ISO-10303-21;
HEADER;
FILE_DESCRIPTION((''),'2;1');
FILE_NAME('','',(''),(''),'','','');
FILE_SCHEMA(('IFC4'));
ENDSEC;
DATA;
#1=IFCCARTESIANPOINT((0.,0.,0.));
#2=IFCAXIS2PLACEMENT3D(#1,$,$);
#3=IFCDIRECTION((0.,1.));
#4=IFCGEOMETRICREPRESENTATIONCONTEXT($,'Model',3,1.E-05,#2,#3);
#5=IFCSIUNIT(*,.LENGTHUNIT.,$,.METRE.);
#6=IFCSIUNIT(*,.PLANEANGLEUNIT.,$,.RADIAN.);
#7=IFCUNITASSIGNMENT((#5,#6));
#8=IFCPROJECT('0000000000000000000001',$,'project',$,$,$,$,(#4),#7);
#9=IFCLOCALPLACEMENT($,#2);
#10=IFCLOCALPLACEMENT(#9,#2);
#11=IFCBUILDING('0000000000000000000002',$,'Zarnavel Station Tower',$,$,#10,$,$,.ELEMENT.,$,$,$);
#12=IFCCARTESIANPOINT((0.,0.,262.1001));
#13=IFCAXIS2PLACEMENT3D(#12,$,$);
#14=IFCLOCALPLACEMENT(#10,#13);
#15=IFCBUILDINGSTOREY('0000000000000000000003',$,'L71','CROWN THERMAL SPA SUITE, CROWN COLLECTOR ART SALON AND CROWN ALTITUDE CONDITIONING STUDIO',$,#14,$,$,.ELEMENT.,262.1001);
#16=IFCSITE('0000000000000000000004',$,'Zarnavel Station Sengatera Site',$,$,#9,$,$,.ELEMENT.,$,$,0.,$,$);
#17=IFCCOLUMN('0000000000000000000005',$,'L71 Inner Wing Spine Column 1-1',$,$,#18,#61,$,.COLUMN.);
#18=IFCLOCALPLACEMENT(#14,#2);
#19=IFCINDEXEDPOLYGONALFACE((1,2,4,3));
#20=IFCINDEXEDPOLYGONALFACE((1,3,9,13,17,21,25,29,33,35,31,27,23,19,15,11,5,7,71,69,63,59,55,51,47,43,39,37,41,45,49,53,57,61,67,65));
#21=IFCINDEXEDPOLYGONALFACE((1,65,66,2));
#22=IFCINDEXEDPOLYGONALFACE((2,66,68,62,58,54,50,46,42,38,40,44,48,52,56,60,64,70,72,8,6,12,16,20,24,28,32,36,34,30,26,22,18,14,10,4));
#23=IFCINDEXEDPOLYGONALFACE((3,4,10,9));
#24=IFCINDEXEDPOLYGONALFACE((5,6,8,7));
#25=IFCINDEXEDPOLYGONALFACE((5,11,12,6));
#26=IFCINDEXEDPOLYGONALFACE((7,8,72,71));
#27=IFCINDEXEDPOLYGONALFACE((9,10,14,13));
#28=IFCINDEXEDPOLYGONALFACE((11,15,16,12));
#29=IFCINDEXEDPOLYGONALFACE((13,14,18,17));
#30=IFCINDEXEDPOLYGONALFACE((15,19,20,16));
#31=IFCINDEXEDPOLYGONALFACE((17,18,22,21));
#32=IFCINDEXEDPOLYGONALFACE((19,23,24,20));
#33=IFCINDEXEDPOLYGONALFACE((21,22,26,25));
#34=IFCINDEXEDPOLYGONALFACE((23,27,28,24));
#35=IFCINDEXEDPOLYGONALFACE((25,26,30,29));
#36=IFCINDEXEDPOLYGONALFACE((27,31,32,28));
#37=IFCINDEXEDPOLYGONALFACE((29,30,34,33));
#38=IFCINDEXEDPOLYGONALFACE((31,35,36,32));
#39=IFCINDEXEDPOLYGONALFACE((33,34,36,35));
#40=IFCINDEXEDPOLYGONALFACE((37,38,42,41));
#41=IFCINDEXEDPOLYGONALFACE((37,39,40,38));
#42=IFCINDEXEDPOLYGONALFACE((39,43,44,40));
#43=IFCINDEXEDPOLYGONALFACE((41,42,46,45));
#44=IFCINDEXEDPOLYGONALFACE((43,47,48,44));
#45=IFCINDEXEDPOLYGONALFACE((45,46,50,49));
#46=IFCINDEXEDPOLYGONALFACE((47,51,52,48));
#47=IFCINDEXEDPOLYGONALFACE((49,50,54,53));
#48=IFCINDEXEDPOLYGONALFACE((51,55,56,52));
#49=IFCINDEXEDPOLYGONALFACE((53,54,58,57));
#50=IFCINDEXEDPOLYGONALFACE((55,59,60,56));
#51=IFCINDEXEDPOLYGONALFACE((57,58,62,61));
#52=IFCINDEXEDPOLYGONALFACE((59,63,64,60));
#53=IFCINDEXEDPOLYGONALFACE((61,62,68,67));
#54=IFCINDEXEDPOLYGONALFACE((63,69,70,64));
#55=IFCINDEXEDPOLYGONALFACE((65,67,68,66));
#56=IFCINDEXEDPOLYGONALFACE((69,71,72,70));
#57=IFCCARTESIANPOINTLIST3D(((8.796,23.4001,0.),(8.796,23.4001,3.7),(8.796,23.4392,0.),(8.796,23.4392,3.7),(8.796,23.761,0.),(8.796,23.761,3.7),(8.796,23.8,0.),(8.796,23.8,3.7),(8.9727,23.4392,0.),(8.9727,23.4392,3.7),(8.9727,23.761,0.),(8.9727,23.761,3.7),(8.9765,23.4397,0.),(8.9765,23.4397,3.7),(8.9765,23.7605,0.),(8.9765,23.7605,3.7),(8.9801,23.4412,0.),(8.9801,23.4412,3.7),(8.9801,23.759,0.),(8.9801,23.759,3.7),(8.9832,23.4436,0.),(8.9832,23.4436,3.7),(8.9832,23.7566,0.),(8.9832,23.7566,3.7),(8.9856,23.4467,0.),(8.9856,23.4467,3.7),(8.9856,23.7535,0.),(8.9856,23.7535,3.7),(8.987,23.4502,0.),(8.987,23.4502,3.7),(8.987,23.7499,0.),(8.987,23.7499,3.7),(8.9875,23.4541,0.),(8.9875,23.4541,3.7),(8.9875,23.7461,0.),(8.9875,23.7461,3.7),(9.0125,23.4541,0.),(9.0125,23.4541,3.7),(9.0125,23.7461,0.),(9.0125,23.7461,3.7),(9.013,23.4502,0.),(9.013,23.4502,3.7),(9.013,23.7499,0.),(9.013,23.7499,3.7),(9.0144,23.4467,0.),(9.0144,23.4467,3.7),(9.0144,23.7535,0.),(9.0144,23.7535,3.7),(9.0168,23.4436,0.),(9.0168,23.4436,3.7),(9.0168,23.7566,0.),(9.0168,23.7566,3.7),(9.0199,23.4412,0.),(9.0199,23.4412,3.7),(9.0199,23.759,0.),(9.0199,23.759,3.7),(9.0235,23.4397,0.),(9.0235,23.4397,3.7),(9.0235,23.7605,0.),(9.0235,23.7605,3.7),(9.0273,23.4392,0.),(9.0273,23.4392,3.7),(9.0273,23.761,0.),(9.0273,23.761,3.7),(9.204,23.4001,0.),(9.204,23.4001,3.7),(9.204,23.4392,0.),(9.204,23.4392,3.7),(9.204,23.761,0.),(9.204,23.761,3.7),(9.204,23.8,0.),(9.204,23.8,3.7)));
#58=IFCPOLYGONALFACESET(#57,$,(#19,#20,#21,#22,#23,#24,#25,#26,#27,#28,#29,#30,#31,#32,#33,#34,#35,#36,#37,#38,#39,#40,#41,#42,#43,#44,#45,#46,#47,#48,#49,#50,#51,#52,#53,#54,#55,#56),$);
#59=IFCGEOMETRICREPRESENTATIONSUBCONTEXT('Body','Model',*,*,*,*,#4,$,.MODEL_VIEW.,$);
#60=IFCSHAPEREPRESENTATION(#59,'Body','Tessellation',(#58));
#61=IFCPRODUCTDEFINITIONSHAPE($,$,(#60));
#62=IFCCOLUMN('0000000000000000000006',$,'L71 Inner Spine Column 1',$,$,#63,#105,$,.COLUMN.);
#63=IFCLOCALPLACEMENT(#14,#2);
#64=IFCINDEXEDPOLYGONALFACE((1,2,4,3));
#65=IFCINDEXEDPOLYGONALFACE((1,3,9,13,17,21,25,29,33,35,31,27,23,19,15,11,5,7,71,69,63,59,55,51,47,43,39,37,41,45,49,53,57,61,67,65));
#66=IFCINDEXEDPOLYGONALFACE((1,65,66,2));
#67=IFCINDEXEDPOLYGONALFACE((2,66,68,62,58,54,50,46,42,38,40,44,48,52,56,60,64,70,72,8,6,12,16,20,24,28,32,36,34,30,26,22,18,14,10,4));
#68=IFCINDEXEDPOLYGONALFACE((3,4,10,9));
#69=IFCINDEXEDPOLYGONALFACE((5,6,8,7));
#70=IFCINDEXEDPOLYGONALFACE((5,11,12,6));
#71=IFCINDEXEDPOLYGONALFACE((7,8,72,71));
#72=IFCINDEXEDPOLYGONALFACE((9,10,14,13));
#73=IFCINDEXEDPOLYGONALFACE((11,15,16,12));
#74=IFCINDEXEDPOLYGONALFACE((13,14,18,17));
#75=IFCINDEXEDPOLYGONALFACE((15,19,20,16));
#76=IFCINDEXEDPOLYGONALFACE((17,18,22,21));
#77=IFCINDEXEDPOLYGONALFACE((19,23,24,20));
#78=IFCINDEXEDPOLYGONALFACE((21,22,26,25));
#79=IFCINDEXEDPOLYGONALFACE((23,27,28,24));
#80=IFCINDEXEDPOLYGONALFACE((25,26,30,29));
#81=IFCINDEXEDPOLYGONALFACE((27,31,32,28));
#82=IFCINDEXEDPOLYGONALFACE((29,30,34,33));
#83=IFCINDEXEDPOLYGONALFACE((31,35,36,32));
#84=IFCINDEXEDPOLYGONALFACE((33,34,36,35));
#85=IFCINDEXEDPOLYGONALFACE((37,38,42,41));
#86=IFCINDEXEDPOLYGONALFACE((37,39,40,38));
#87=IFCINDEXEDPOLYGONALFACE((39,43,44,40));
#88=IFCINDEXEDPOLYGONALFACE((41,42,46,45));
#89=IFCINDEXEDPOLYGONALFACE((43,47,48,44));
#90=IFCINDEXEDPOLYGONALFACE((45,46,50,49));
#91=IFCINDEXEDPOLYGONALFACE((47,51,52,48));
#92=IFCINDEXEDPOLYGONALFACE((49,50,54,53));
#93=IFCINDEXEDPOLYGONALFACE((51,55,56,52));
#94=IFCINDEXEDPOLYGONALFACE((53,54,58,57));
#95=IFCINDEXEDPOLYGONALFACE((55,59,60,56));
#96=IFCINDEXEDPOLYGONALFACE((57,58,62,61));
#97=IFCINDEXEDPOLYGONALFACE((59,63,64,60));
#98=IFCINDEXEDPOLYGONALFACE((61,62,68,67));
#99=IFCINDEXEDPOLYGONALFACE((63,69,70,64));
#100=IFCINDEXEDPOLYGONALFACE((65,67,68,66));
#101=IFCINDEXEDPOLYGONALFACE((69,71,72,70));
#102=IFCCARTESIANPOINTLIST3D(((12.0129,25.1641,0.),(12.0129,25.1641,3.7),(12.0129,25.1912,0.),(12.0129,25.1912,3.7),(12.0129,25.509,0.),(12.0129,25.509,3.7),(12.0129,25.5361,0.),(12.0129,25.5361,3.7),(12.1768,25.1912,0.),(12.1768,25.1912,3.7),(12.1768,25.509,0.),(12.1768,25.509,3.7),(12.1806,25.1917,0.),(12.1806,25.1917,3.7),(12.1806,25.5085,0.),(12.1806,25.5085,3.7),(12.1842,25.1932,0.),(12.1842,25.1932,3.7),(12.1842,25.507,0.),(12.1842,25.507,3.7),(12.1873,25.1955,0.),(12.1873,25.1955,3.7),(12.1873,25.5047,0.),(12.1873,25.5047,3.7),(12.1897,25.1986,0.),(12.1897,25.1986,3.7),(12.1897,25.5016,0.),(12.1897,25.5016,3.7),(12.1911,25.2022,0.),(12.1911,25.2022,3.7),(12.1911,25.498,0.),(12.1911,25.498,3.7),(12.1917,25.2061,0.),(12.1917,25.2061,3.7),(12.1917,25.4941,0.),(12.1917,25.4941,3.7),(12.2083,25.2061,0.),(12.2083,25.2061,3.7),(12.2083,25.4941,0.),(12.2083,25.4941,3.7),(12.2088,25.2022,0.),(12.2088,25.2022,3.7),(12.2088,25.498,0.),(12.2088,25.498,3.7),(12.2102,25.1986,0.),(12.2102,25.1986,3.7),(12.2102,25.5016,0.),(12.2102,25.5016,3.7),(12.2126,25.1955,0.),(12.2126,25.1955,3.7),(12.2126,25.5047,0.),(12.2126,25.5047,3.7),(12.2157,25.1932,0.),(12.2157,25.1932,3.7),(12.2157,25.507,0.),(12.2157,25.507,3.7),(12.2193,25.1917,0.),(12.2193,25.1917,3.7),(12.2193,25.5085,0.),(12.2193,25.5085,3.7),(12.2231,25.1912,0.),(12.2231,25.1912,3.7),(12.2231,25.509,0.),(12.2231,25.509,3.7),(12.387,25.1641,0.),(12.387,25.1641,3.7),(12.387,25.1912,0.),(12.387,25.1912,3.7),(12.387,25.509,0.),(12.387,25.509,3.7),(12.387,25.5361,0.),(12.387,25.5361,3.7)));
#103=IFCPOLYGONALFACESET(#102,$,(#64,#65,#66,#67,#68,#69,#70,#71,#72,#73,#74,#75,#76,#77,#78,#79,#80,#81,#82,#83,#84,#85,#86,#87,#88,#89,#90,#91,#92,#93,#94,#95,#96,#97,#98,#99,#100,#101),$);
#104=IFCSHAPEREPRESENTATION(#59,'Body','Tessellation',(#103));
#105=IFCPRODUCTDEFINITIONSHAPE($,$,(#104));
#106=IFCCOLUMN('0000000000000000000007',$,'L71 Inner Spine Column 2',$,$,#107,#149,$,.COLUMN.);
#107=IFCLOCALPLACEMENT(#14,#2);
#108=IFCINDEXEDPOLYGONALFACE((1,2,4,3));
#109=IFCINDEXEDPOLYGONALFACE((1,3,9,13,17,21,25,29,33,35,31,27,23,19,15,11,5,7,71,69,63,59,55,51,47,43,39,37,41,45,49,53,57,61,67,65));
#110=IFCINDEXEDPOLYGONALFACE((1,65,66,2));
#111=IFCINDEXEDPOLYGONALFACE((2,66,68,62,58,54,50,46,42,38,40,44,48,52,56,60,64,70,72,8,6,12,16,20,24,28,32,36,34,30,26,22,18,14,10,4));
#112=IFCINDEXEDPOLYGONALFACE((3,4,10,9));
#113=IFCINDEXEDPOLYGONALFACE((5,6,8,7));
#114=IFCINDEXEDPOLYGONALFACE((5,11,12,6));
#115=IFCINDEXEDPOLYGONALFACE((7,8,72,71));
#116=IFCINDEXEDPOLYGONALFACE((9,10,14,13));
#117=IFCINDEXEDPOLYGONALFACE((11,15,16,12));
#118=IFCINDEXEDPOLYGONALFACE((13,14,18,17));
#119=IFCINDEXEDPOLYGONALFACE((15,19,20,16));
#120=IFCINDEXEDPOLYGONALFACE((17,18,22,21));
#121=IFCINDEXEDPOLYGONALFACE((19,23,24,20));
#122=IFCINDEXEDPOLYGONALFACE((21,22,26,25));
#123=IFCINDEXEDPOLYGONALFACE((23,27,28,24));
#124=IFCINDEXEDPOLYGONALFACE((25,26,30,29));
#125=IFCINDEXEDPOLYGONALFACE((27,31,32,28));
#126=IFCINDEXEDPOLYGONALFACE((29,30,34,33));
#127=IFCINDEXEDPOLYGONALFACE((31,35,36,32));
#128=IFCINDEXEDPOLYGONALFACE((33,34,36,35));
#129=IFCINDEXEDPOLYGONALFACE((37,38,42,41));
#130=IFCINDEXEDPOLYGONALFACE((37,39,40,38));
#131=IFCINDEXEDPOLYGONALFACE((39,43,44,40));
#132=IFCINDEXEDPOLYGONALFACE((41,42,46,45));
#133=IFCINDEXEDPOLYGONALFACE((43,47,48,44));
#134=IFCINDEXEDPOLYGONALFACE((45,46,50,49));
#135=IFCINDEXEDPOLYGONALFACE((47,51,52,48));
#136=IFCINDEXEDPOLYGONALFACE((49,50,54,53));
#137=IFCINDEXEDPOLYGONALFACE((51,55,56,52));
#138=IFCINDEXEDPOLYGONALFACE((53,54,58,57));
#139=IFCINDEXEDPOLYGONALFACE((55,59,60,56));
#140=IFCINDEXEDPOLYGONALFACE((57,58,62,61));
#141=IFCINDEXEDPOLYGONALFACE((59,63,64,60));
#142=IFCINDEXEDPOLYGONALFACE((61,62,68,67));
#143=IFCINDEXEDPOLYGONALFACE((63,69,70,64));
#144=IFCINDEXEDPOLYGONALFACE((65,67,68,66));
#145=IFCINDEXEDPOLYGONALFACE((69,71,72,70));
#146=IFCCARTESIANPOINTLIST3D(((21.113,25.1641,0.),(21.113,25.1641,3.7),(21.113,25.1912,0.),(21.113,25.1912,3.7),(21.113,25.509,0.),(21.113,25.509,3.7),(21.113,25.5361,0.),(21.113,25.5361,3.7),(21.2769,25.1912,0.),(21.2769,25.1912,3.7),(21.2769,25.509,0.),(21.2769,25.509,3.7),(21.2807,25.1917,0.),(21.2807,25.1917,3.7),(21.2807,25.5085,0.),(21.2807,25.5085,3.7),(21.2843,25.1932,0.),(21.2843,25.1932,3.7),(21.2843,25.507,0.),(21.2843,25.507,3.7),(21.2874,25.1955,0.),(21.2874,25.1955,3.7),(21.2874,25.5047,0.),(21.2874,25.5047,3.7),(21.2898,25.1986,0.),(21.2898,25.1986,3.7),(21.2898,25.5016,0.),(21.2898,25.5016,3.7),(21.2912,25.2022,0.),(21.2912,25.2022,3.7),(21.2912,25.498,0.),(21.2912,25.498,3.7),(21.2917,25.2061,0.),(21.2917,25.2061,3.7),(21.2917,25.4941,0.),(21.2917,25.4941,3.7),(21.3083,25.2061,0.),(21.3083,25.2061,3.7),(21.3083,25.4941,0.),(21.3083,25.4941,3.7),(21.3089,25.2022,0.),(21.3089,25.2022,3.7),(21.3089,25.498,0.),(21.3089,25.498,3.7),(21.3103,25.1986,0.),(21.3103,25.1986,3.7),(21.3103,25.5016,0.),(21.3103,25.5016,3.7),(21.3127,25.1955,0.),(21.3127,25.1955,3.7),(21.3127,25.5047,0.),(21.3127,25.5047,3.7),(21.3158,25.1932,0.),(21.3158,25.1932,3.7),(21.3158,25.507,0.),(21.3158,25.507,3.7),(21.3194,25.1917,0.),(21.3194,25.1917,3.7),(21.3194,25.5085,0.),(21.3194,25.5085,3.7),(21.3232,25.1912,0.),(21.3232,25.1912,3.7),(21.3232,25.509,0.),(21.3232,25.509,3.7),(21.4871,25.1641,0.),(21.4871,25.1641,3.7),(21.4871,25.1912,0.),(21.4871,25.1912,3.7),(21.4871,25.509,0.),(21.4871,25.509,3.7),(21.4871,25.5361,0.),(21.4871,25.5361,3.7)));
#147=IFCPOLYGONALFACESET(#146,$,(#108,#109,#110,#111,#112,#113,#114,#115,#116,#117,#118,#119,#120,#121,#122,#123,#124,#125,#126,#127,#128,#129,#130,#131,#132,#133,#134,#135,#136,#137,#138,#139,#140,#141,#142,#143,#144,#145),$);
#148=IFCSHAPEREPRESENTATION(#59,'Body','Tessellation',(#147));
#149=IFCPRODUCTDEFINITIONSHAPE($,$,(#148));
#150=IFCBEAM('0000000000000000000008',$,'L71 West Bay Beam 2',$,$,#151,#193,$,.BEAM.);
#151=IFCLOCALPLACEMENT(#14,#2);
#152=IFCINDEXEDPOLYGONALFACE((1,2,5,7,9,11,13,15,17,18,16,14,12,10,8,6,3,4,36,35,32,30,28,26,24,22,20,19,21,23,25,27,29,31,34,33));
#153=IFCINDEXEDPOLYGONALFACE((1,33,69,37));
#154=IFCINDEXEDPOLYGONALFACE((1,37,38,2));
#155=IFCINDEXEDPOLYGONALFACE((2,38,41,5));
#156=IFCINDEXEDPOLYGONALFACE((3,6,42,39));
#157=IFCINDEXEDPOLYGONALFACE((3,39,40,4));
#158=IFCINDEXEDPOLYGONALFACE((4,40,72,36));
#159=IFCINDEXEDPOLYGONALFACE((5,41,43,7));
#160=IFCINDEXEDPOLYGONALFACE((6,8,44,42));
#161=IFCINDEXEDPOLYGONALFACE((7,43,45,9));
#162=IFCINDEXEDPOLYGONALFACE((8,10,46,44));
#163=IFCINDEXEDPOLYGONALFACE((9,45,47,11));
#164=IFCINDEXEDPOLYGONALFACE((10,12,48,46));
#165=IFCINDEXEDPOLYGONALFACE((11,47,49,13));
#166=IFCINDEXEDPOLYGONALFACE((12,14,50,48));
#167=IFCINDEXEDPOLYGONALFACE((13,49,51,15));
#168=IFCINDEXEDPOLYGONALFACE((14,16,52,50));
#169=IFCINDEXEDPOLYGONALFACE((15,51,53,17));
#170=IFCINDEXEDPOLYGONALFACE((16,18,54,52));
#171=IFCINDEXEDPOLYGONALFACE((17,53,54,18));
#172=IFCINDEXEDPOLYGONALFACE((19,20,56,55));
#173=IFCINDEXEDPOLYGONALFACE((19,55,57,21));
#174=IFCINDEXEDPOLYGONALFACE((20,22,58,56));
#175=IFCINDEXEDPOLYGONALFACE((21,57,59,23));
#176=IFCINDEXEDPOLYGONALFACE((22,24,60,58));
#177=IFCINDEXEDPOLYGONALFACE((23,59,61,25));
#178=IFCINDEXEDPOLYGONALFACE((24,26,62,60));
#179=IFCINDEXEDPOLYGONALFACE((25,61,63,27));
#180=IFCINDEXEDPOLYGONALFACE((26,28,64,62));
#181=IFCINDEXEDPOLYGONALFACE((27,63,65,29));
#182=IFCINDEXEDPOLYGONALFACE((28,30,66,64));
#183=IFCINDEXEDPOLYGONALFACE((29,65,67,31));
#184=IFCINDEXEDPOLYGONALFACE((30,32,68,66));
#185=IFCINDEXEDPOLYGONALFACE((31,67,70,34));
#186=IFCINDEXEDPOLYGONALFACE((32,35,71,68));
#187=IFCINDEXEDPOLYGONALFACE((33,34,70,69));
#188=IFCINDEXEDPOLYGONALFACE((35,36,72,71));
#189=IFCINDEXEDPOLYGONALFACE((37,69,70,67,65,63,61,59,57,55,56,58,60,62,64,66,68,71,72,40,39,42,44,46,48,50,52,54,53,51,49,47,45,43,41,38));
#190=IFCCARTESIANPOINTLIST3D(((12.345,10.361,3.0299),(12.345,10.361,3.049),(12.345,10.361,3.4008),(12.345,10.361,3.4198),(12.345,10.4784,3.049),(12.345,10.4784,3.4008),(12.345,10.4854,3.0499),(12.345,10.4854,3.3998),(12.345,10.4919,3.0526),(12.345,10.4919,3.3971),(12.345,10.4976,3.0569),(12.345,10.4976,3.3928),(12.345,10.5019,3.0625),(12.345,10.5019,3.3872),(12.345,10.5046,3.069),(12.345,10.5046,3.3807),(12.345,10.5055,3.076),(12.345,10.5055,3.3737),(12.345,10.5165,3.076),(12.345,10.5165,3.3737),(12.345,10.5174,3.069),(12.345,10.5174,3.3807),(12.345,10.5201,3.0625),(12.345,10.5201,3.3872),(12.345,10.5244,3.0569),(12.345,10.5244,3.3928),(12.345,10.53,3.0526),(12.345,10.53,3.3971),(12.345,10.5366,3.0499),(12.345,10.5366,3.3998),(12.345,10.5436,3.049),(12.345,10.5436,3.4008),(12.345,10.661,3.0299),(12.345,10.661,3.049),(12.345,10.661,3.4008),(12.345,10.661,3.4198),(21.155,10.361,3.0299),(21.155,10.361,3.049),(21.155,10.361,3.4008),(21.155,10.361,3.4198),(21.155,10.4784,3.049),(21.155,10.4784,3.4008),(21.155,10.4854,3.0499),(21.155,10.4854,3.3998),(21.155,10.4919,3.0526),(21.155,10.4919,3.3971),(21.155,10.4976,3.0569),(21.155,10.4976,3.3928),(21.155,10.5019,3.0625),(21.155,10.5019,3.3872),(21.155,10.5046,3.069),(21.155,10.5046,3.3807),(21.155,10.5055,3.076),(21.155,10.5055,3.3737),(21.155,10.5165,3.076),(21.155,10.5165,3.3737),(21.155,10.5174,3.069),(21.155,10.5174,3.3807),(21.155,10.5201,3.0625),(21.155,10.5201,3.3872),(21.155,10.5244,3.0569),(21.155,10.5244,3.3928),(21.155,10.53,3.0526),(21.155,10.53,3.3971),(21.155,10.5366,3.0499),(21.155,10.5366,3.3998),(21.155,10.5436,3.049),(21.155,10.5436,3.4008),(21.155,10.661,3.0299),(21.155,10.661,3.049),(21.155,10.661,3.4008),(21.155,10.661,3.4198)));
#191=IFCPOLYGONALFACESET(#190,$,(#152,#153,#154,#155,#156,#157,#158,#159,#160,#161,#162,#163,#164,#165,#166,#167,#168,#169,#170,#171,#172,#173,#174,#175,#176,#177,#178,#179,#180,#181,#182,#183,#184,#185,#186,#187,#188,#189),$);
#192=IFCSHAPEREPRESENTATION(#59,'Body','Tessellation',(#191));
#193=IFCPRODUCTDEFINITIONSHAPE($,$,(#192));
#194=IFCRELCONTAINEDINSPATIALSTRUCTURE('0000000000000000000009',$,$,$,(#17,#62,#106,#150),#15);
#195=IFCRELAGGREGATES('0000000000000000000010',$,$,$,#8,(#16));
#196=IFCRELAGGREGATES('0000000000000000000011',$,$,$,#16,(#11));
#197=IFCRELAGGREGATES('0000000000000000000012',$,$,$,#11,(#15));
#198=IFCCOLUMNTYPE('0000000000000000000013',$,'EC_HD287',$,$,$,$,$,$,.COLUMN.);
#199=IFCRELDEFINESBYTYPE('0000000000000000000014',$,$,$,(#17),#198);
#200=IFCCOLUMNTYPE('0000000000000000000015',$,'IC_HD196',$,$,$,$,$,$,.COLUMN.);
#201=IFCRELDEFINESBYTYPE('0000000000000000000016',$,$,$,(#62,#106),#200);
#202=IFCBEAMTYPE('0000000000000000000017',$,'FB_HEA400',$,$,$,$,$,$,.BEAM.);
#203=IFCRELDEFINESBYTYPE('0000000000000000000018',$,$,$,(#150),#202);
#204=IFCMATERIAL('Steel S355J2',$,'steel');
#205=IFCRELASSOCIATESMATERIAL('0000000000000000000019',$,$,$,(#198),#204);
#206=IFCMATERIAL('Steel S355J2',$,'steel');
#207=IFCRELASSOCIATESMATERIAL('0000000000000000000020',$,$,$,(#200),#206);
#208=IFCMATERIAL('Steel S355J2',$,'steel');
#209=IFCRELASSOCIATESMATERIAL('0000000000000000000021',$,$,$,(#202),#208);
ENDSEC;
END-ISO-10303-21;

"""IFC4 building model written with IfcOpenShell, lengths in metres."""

from ifc_helpers import new_model, si_unit, direction, frame, origin, origin_2d, place, context, subcontext, project, spatial, i_section, extrude, material, material_profile, profile_set, type_object, element, save


model = new_model("IFC4")

# Units and contexts
model_context = context("Model", 3, precision=1e-05, world=origin(), true_north=direction((0.0, 1.0)))
body_context = subcontext(model_context, "Body", "Model", "MODEL_VIEW")
ifc_project = project(units=[si_unit("LENGTHUNIT", "METRE"), si_unit("PLANEANGLEUNIT", "RADIAN")], contexts=[model_context])

# Site, building, storey
site_placement = place(None, origin())
site = spatial("IfcSite", under=ifc_project, at=site_placement, Name="Zarnavel Station Sengatera Site", CompositionType="ELEMENT", RefElevation=0.0)
building_placement = place(site_placement, origin())
building = spatial("IfcBuilding", under=site, at=building_placement, Name="Zarnavel Station Tower", CompositionType="ELEMENT")
storey_placement = place(building_placement, frame((0.0, 0.0, 262.1001)))
storey = spatial("IfcBuildingStorey", under=building, at=storey_placement, Name="L71", Description="CROWN THERMAL SPA SUITE, CROWN COLLECTOR ART SALON AND CROWN ALTITUDE CONDITIONING STUDIO", CompositionType="ELEMENT", Elevation=262.1001)

# Columns
ifc_material_1 = material(Name="Steel S355J2", Category="steel")
ifc_material_profile_1 = material_profile(ifc_material_1, i_section(OverallWidth=0.408, OverallDepth=0.3999, WebThickness=0.0249, FlangeThickness=0.0391, FilletRadius=0.0149, at=origin_2d()), Name="HD400x287")
ifc_profile_set_1 = profile_set([ifc_material_profile_1], Name="Steel S355J2")
column_type_1 = type_object("IfcColumnType", Name="EC_HD287", PredefinedType="COLUMN", material=ifc_profile_set_1)
column_placement = place(storey_placement, frame((9.0, 23.6001, 0.0), z_axis=(0.0, 0.0, 1.0), x_axis=(1.0, 0.0, 0.0)))
element("IfcColumn", 1, at=column_placement, inside=storey, type_object=column_type_1, Name="L71 Inner Wing Spine Column 1-1", PredefinedType="COLUMN", context=body_context, shape_type="SweptSolid", body=[
    extrude(i_section(OverallWidth=0.408, OverallDepth=0.3999, WebThickness=0.0249, FlangeThickness=0.0391, FilletRadius=0.0149, at=origin_2d()), origin(), (0.0, 0.0, 1.0), 3.7),
])
ifc_material_2 = material(Name="Steel S355J2", Category="steel")
ifc_material_profile_2 = material_profile(ifc_material_2, i_section(OverallWidth=0.374, OverallDepth=0.3721, WebThickness=0.0166, FlangeThickness=0.0271, FilletRadius=0.0149, at=origin_2d()), Name="HD360x196")
ifc_profile_set_2 = profile_set([ifc_material_profile_2], Name="Steel S355J2")
column_type_2 = type_object("IfcColumnType", Name="IC_HD196", PredefinedType="COLUMN", material=ifc_profile_set_2)
for number, where, z_axis, x_axis, name in (
    (2, (12.2, 25.3501, 0.0), (0.0, 0.0, 1.0), (1.0, 0.0, 0.0), "L71 Inner Spine Column 1"),
    (3, (21.3, 25.3501, 0.0), (0.0, 0.0, 1.0), (1.0, 0.0, 0.0), "L71 Inner Spine Column 2"),
):
    element("IfcColumn", number, at=place(storey_placement, frame(where, z_axis=z_axis, x_axis=x_axis)), inside=storey, type_object=column_type_2, Name=name, PredefinedType="COLUMN", context=body_context, shape_type="SweptSolid", body=[
        extrude(i_section(OverallWidth=0.374, OverallDepth=0.3721, WebThickness=0.0166, FlangeThickness=0.0271, FilletRadius=0.0149, at=origin_2d()), origin(), (0.0, 0.0, 1.0), 3.7),
    ])

# Beam
ifc_material_3 = material(Name="Steel S355J2", Category="steel")
ifc_material_profile_3 = material_profile(ifc_material_3, i_section(OverallWidth=0.3, OverallDepth=0.3899, WebThickness=0.011, FlangeThickness=0.019, FilletRadius=0.0271, at=origin_2d()), Name="HEA400")
ifc_profile_set_3 = profile_set([ifc_material_profile_3], Name="Steel S355J2")
beam_type_1 = type_object("IfcBeamType", Name="FB_HEA400", PredefinedType="BEAM", material=ifc_profile_set_3)
for number, where, z_axis, x_axis, name in (
    (4, (12.345, 10.511, 3.2249), (1.0, 0.0, 0.0), (0.0, 1.0, 0.0), "L71 West Bay Beam 2"),
):
    element("IfcBeam", number, at=place(storey_placement, frame(where, z_axis=z_axis, x_axis=x_axis)), inside=storey, type_object=beam_type_1, Name=name, PredefinedType="BEAM", context=body_context, shape_type="SweptSolid", body=[
        extrude(i_section(OverallWidth=0.3, OverallDepth=0.3899, WebThickness=0.011, FlangeThickness=0.019, FilletRadius=0.0271, at=origin_2d()), origin(), (0.0, 0.0, 1.0), 8.8101),
    ])

save(model, "model.ifc")
